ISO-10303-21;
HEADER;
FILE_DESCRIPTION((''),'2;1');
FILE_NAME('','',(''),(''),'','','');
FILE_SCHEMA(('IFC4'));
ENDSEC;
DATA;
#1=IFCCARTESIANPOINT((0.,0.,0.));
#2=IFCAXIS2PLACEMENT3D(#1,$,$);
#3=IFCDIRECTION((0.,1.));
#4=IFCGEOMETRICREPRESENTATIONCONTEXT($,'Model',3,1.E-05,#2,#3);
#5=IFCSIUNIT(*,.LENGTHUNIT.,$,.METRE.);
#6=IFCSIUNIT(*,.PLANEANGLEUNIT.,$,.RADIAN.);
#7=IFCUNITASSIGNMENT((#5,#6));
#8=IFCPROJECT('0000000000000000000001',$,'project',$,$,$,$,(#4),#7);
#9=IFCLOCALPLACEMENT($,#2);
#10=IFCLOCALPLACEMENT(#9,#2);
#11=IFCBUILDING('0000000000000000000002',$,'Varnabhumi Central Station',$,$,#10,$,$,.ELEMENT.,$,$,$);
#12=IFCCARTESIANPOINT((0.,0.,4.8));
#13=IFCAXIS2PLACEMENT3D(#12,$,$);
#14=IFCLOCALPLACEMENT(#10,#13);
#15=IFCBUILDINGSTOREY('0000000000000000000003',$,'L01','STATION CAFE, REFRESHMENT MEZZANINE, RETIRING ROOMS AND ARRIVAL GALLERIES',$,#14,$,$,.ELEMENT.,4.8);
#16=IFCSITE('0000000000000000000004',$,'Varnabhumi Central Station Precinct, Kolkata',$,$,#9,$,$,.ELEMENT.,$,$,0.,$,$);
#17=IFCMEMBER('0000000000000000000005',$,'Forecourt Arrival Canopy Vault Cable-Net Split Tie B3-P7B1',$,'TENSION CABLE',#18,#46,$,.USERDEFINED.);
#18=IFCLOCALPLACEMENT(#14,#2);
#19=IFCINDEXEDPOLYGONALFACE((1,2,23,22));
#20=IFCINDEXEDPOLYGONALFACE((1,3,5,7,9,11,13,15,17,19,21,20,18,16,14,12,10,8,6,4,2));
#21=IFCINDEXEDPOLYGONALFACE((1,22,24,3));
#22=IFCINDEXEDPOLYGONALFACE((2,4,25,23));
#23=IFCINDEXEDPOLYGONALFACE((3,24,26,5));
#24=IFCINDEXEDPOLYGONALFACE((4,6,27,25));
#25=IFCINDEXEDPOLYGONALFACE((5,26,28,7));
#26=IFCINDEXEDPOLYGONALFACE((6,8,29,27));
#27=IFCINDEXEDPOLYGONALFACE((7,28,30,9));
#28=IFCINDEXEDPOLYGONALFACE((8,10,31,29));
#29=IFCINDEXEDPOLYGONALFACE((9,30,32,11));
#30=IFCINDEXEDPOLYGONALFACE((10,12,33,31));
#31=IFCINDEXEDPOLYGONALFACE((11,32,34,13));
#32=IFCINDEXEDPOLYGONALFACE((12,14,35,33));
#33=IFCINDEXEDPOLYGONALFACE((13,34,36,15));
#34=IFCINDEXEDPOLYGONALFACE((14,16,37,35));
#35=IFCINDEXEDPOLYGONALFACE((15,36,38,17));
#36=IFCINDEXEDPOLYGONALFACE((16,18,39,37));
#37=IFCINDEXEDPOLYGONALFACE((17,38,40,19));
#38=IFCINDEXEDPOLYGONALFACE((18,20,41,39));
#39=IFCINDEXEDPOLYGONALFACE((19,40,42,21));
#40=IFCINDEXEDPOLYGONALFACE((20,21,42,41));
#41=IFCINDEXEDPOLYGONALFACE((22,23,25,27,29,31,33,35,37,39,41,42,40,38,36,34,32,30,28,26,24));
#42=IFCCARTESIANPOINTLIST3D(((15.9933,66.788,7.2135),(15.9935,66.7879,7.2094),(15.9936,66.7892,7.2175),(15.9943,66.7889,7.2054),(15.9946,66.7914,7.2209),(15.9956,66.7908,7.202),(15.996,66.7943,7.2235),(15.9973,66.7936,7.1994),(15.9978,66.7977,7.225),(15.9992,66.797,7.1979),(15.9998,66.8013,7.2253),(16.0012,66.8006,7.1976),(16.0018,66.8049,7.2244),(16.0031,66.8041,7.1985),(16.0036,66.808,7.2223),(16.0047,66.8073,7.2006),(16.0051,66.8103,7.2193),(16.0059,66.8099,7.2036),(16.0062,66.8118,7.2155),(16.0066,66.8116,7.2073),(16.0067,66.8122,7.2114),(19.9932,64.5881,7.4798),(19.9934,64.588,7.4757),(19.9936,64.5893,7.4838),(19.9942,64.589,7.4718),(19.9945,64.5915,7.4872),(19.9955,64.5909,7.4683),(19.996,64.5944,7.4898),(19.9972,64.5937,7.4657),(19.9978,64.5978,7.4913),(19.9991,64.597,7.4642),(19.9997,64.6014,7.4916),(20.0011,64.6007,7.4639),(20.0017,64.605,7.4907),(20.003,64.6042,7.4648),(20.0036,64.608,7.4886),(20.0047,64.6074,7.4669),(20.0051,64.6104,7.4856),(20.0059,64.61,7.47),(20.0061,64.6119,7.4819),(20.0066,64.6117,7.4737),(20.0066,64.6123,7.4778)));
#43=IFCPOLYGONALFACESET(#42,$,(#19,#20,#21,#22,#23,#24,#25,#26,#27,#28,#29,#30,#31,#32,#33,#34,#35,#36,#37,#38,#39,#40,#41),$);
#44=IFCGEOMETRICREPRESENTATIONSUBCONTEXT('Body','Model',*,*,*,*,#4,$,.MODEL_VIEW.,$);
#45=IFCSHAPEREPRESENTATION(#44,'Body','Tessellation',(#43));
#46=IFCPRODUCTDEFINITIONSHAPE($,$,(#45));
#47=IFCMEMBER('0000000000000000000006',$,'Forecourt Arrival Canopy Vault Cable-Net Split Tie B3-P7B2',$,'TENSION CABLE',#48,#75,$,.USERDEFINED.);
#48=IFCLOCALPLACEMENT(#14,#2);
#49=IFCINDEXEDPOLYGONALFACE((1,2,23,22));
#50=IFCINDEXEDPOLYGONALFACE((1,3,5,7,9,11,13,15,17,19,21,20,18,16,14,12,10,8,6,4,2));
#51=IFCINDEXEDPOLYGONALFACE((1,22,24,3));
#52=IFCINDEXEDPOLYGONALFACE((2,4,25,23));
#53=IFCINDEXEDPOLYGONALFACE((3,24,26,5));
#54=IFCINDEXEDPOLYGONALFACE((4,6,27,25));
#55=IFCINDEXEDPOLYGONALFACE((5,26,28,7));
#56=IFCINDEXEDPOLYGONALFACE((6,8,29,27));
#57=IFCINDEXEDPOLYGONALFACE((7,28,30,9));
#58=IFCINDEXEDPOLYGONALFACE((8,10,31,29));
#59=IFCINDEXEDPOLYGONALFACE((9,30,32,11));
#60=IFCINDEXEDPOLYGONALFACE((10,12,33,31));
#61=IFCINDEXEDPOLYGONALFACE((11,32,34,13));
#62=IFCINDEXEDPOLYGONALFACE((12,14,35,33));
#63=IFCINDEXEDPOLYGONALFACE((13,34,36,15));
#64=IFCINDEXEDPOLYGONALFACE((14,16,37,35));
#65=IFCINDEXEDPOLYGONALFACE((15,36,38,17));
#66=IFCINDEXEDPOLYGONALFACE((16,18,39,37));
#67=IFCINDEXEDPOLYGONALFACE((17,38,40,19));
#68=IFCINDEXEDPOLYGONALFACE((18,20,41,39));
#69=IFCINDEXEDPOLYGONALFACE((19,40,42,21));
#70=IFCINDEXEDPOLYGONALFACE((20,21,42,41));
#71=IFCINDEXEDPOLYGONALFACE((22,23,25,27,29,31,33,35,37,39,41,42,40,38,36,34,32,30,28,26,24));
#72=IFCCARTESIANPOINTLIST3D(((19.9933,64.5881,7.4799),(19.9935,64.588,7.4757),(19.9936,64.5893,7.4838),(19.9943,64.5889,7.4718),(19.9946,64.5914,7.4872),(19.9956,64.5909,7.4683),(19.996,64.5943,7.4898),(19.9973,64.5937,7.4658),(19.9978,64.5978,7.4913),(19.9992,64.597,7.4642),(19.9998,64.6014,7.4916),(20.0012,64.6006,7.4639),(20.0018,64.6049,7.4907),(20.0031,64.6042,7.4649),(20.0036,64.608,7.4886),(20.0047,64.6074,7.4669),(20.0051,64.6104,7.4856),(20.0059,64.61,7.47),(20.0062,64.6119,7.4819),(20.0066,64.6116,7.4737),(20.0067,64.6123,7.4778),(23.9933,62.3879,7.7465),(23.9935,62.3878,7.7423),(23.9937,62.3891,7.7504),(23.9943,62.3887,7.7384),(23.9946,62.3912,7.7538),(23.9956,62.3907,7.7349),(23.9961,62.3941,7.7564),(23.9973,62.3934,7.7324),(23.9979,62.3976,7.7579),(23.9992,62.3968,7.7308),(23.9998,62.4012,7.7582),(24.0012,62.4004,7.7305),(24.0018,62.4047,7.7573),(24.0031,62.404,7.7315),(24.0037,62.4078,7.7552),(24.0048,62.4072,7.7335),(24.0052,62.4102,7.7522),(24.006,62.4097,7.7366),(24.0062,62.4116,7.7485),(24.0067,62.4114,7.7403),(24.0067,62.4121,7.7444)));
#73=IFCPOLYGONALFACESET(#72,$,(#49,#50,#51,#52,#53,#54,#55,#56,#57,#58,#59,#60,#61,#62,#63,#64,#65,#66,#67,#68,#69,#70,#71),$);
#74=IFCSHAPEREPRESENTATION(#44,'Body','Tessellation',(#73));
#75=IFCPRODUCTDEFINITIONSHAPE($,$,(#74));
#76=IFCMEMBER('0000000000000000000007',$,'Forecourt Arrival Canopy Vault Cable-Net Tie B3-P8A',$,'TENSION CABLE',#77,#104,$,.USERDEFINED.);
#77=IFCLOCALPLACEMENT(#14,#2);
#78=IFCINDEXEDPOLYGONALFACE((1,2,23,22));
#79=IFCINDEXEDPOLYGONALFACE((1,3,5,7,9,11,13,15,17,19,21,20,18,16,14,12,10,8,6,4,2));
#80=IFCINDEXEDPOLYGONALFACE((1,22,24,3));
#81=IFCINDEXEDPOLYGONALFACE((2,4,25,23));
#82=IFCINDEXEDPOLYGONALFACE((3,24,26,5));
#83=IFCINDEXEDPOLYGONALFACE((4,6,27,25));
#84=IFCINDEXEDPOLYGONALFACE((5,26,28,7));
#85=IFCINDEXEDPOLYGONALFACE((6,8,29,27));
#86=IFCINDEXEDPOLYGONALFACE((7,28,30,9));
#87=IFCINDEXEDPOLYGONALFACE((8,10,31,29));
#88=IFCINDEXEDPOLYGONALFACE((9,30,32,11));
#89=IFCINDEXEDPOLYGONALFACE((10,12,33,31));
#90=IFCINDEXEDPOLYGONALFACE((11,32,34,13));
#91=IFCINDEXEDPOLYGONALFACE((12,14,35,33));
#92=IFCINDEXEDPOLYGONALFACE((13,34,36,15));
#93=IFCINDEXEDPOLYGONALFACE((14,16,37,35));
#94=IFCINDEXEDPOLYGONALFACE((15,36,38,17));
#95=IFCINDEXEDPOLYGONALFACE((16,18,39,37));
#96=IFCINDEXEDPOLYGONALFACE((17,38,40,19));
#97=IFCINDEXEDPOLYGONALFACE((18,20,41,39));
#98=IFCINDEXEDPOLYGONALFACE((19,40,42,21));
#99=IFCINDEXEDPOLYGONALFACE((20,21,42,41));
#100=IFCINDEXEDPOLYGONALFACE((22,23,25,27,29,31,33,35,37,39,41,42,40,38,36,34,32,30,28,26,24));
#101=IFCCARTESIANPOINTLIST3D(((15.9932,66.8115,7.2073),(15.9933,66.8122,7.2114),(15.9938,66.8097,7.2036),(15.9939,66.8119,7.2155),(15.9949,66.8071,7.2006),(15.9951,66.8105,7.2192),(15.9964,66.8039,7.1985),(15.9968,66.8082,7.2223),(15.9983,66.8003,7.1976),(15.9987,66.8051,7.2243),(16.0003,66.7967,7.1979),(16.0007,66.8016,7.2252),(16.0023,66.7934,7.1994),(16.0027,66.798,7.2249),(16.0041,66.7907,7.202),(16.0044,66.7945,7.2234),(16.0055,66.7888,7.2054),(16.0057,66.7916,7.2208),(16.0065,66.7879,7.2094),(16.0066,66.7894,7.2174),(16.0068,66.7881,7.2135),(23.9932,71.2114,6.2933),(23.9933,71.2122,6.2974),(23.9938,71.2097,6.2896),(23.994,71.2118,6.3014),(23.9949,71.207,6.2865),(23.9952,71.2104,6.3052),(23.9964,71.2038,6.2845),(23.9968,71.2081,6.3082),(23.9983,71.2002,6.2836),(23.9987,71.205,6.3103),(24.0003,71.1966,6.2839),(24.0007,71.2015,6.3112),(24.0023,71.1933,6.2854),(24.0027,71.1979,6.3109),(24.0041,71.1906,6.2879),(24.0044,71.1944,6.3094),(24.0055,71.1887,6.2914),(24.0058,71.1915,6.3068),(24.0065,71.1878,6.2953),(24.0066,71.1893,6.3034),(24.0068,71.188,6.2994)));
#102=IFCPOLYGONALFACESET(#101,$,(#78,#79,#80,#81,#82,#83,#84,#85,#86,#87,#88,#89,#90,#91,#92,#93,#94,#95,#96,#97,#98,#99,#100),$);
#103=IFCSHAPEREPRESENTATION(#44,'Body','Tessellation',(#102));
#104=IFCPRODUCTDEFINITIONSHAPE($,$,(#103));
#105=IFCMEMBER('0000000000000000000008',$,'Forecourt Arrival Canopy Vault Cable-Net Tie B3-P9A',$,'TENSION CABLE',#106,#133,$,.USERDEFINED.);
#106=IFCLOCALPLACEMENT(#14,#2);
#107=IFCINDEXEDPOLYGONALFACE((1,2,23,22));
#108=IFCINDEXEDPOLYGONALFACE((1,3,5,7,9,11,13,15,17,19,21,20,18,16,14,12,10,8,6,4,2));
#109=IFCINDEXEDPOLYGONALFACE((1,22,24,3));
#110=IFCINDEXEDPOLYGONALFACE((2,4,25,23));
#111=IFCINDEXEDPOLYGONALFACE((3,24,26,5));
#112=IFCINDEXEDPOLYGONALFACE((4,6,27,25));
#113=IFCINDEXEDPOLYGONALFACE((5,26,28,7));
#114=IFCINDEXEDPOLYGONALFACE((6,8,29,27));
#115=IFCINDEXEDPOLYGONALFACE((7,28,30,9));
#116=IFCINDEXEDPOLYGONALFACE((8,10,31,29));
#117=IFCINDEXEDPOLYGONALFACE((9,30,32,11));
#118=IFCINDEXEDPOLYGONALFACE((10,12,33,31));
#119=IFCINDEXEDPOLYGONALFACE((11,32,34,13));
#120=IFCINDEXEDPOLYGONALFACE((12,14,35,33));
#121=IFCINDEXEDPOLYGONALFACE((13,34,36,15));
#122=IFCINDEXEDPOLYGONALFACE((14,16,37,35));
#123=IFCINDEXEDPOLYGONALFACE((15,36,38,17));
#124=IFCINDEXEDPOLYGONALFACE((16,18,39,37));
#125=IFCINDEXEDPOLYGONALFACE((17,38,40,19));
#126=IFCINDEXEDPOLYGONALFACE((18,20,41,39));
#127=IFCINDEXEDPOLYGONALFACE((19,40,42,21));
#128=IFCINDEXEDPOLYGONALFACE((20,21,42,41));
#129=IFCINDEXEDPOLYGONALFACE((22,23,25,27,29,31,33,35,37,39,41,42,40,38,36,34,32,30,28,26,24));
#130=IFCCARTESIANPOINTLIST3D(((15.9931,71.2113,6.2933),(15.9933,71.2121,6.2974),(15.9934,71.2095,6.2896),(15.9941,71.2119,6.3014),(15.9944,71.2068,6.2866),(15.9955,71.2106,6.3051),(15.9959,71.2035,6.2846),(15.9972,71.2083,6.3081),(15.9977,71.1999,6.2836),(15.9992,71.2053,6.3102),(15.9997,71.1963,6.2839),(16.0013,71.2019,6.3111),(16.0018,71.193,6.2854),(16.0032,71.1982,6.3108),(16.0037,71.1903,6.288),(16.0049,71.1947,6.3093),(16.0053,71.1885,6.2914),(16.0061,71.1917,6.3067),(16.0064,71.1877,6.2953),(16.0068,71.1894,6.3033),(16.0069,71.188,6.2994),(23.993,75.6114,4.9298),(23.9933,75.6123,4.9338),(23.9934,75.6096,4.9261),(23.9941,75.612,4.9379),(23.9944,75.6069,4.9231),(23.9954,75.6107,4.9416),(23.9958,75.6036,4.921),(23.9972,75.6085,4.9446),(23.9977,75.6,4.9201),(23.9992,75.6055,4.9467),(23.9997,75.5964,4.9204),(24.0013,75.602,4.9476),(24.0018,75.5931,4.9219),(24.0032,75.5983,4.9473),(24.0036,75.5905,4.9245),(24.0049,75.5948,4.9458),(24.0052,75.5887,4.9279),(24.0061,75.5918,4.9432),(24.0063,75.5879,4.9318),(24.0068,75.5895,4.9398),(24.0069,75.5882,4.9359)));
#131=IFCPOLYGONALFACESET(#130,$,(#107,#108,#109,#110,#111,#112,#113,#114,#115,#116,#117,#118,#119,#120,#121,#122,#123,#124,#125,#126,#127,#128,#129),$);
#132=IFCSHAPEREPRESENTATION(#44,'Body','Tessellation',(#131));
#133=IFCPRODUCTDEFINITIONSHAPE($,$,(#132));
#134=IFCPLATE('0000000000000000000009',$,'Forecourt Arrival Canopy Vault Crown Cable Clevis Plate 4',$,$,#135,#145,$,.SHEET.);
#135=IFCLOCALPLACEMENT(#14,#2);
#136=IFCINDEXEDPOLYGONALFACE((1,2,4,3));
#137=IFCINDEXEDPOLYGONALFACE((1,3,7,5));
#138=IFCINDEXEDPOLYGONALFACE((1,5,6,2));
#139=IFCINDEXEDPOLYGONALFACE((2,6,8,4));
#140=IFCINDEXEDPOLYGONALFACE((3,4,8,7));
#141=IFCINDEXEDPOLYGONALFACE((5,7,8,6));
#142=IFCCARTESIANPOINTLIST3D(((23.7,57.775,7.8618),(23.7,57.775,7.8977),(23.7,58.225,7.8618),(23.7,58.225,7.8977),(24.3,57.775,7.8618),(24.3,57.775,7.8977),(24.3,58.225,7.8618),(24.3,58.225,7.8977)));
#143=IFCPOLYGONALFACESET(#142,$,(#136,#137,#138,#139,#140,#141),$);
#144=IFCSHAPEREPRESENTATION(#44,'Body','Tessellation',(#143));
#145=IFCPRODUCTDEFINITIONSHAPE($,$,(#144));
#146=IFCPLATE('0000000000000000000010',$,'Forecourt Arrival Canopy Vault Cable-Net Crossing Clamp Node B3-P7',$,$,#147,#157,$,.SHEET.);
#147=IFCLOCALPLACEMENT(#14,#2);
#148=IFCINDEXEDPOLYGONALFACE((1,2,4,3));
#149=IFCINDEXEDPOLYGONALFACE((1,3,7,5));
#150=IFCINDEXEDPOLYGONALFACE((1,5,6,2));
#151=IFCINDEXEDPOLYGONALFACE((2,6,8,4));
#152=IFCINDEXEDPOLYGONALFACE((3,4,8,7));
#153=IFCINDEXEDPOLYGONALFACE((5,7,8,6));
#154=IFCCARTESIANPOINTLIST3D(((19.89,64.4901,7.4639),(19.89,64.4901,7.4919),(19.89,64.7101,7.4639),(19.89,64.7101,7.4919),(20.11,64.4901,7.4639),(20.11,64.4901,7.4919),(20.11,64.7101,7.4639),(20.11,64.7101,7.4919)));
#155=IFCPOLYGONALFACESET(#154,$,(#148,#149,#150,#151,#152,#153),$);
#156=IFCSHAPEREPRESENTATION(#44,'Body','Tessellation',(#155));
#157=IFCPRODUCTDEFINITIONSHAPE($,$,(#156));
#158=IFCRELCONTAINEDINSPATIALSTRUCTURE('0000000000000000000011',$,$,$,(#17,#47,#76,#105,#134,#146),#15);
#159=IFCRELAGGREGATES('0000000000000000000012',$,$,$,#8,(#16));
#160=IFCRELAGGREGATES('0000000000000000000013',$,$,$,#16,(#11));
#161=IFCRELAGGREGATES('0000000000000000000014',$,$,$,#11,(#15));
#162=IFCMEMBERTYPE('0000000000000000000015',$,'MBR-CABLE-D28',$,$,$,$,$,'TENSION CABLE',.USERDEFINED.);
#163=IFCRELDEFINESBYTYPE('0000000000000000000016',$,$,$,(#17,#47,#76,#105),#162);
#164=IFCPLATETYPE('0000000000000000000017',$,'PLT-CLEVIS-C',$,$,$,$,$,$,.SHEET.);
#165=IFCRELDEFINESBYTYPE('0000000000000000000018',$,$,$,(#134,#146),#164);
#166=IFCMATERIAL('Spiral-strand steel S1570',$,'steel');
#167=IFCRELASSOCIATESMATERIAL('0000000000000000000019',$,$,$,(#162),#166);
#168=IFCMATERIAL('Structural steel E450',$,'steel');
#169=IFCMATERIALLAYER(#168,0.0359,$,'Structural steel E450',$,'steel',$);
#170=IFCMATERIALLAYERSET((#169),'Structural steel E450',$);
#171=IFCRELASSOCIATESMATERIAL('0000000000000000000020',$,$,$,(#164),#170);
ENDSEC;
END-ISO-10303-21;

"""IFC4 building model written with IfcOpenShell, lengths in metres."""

from ifc_helpers import new_model, si_unit, direction, frame, origin, origin_2d, place, context, subcontext, project, spatial, rectangle, circle, extrude, material, layer, layer_set, material_profile, profile_set, type_object, element, save


model = new_model("IFC4")

# Units and contexts
model_context = context("Model", 3, precision=1e-05, world=origin(), true_north=direction((0.0, 1.0)))
body_context = subcontext(model_context, "Body", "Model", "MODEL_VIEW")
ifc_project = project(units=[si_unit("LENGTHUNIT", "METRE"), si_unit("PLANEANGLEUNIT", "RADIAN")], contexts=[model_context])

# Site, building, storey
site_placement = place(None, origin())
site = spatial("IfcSite", under=ifc_project, at=site_placement, Name="Varnabhumi Central Station Precinct, Kolkata", CompositionType="ELEMENT", RefElevation=0.0)
building_placement = place(site_placement, origin())
building = spatial("IfcBuilding", under=site, at=building_placement, Name="Varnabhumi Central Station", CompositionType="ELEMENT")
storey_placement = place(building_placement, frame((0.0, 0.0, 4.8)))
storey = spatial("IfcBuildingStorey", under=building, at=storey_placement, Name="L01", Description="STATION CAFE, REFRESHMENT MEZZANINE, RETIRING ROOMS AND ARRIVAL GALLERIES", CompositionType="ELEMENT", Elevation=4.8)

# Members
ifc_material_1 = material(Name="Spiral-strand steel S1570", Category="steel")
ifc_material_profile_1 = material_profile(ifc_material_1, circle(Radius=0.0139, at=origin_2d()), Name="Spiral-strand steel S1570", Category="steel")
ifc_profile_set_1 = profile_set([ifc_material_profile_1], Name="Spiral-strand steel S1570")
member_type = type_object("IfcMemberType", Name="MBR-CABLE-D28", ElementType="TENSION CABLE", PredefinedType="USERDEFINED", material=ifc_profile_set_1)
member_1_placement = place(storey_placement, frame((16.0, 66.8, 7.2114), z_axis=(0.874733, -0.481092, 0.058248), x_axis=(0.481911, 0.87622, 0.0)))
element("IfcMember", 1, at=member_1_placement, inside=storey, type_object=member_type, Name="Forecourt Arrival Canopy Vault Cable-Net Split Tie B3-P7B1", ObjectType="TENSION CABLE", PredefinedType="USERDEFINED", context=body_context, shape_type="SweptSolid", body=[
    extrude(circle(Radius=0.0139, at=origin_2d()), origin(), (0.0, 0.0, 1.0), 4.5728),
])
member_2_placement = place(storey_placement, frame((20.0, 64.6001, 7.4778), z_axis=(0.874708, -0.481132, 0.0583), x_axis=(0.481952, 0.876198, 0.0)))
element("IfcMember", 2, at=member_2_placement, inside=storey, type_object=member_type, Name="Forecourt Arrival Canopy Vault Cable-Net Split Tie B3-P7B2", ObjectType="TENSION CABLE", PredefinedType="USERDEFINED", context=body_context, shape_type="SweptSolid", body=[
    extrude(circle(Radius=0.0139, at=origin_2d()), origin(), (0.0, 0.0, 1.0), 4.573),
])
member_3_placement = place(storey_placement, frame((16.0, 66.8, 7.2114), z_axis=(0.871862, 0.479513, -0.099617), x_axis=(-0.481911, 0.87622, 0.0)))
element("IfcMember", 3, at=member_3_placement, inside=storey, type_object=member_type, Name="Forecourt Arrival Canopy Vault Cable-Net Tie B3-P8A", ObjectType="TENSION CABLE", PredefinedType="USERDEFINED", context=body_context, shape_type="SweptSolid", body=[
    extrude(circle(Radius=0.0139, at=origin_2d()), origin(), (0.0, 0.0, 1.0), 9.1758),
])
member_4_placement = place(storey_placement, frame((16.0, 71.2, 6.2974), z_axis=(0.866599, 0.476645, -0.147704), x_axis=(-0.481931, 0.876209, 0.0)))
element("IfcMember", 4, at=member_4_placement, inside=storey, type_object=member_type, Name="Forecourt Arrival Canopy Vault Cable-Net Tie B3-P9A", ObjectType="TENSION CABLE", PredefinedType="USERDEFINED", context=body_context, shape_type="SweptSolid", body=[
    extrude(circle(Radius=0.0139, at=origin_2d()), origin(), (0.0, 0.0, 1.0), 9.2314),
])

# Plates
ifc_material_2 = material(Name="Structural steel E450", Category="steel")
ifc_layer = layer(ifc_material_2, 0.0359, Name="Structural steel E450", Category="steel")
ifc_layer_set = layer_set([ifc_layer], Name="Structural steel E450")
plate_type = type_object("IfcPlateType", Name="PLT-CLEVIS-C", PredefinedType="SHEET", material=ifc_layer_set)
plate_1_placement = place(storey_placement, frame((24.0, 58.0, 7.8618), z_axis=(0.0, 0.0, 1.0), x_axis=(1.0, 0.0, 0.0)))
element("IfcPlate", 5, at=plate_1_placement, inside=storey, type_object=plate_type, Name="Forecourt Arrival Canopy Vault Crown Cable Clevis Plate 4", PredefinedType="SHEET", context=body_context, shape_type="SweptSolid", body=[
    extrude(rectangle(XDim=0.6001, YDim=0.45, at=origin_2d()), origin(), (0.0, 0.0, 1.0), 0.0359),
])
plate_2_placement = place(storey_placement, frame((20.0, 64.6001, 7.4639), z_axis=(0.0, 0.0, 1.0), x_axis=(1.0, 0.0, 0.0)))
element("IfcPlate", 6, at=plate_2_placement, inside=storey, type_object=plate_type, Name="Forecourt Arrival Canopy Vault Cable-Net Crossing Clamp Node B3-P7", PredefinedType="SHEET", context=body_context, shape_type="SweptSolid", body=[
    extrude(rectangle(XDim=0.22, YDim=0.22, at=origin_2d()), origin(), (0.0, 0.0, 1.0), 0.0281),
])

save(model, "model.ifc")
